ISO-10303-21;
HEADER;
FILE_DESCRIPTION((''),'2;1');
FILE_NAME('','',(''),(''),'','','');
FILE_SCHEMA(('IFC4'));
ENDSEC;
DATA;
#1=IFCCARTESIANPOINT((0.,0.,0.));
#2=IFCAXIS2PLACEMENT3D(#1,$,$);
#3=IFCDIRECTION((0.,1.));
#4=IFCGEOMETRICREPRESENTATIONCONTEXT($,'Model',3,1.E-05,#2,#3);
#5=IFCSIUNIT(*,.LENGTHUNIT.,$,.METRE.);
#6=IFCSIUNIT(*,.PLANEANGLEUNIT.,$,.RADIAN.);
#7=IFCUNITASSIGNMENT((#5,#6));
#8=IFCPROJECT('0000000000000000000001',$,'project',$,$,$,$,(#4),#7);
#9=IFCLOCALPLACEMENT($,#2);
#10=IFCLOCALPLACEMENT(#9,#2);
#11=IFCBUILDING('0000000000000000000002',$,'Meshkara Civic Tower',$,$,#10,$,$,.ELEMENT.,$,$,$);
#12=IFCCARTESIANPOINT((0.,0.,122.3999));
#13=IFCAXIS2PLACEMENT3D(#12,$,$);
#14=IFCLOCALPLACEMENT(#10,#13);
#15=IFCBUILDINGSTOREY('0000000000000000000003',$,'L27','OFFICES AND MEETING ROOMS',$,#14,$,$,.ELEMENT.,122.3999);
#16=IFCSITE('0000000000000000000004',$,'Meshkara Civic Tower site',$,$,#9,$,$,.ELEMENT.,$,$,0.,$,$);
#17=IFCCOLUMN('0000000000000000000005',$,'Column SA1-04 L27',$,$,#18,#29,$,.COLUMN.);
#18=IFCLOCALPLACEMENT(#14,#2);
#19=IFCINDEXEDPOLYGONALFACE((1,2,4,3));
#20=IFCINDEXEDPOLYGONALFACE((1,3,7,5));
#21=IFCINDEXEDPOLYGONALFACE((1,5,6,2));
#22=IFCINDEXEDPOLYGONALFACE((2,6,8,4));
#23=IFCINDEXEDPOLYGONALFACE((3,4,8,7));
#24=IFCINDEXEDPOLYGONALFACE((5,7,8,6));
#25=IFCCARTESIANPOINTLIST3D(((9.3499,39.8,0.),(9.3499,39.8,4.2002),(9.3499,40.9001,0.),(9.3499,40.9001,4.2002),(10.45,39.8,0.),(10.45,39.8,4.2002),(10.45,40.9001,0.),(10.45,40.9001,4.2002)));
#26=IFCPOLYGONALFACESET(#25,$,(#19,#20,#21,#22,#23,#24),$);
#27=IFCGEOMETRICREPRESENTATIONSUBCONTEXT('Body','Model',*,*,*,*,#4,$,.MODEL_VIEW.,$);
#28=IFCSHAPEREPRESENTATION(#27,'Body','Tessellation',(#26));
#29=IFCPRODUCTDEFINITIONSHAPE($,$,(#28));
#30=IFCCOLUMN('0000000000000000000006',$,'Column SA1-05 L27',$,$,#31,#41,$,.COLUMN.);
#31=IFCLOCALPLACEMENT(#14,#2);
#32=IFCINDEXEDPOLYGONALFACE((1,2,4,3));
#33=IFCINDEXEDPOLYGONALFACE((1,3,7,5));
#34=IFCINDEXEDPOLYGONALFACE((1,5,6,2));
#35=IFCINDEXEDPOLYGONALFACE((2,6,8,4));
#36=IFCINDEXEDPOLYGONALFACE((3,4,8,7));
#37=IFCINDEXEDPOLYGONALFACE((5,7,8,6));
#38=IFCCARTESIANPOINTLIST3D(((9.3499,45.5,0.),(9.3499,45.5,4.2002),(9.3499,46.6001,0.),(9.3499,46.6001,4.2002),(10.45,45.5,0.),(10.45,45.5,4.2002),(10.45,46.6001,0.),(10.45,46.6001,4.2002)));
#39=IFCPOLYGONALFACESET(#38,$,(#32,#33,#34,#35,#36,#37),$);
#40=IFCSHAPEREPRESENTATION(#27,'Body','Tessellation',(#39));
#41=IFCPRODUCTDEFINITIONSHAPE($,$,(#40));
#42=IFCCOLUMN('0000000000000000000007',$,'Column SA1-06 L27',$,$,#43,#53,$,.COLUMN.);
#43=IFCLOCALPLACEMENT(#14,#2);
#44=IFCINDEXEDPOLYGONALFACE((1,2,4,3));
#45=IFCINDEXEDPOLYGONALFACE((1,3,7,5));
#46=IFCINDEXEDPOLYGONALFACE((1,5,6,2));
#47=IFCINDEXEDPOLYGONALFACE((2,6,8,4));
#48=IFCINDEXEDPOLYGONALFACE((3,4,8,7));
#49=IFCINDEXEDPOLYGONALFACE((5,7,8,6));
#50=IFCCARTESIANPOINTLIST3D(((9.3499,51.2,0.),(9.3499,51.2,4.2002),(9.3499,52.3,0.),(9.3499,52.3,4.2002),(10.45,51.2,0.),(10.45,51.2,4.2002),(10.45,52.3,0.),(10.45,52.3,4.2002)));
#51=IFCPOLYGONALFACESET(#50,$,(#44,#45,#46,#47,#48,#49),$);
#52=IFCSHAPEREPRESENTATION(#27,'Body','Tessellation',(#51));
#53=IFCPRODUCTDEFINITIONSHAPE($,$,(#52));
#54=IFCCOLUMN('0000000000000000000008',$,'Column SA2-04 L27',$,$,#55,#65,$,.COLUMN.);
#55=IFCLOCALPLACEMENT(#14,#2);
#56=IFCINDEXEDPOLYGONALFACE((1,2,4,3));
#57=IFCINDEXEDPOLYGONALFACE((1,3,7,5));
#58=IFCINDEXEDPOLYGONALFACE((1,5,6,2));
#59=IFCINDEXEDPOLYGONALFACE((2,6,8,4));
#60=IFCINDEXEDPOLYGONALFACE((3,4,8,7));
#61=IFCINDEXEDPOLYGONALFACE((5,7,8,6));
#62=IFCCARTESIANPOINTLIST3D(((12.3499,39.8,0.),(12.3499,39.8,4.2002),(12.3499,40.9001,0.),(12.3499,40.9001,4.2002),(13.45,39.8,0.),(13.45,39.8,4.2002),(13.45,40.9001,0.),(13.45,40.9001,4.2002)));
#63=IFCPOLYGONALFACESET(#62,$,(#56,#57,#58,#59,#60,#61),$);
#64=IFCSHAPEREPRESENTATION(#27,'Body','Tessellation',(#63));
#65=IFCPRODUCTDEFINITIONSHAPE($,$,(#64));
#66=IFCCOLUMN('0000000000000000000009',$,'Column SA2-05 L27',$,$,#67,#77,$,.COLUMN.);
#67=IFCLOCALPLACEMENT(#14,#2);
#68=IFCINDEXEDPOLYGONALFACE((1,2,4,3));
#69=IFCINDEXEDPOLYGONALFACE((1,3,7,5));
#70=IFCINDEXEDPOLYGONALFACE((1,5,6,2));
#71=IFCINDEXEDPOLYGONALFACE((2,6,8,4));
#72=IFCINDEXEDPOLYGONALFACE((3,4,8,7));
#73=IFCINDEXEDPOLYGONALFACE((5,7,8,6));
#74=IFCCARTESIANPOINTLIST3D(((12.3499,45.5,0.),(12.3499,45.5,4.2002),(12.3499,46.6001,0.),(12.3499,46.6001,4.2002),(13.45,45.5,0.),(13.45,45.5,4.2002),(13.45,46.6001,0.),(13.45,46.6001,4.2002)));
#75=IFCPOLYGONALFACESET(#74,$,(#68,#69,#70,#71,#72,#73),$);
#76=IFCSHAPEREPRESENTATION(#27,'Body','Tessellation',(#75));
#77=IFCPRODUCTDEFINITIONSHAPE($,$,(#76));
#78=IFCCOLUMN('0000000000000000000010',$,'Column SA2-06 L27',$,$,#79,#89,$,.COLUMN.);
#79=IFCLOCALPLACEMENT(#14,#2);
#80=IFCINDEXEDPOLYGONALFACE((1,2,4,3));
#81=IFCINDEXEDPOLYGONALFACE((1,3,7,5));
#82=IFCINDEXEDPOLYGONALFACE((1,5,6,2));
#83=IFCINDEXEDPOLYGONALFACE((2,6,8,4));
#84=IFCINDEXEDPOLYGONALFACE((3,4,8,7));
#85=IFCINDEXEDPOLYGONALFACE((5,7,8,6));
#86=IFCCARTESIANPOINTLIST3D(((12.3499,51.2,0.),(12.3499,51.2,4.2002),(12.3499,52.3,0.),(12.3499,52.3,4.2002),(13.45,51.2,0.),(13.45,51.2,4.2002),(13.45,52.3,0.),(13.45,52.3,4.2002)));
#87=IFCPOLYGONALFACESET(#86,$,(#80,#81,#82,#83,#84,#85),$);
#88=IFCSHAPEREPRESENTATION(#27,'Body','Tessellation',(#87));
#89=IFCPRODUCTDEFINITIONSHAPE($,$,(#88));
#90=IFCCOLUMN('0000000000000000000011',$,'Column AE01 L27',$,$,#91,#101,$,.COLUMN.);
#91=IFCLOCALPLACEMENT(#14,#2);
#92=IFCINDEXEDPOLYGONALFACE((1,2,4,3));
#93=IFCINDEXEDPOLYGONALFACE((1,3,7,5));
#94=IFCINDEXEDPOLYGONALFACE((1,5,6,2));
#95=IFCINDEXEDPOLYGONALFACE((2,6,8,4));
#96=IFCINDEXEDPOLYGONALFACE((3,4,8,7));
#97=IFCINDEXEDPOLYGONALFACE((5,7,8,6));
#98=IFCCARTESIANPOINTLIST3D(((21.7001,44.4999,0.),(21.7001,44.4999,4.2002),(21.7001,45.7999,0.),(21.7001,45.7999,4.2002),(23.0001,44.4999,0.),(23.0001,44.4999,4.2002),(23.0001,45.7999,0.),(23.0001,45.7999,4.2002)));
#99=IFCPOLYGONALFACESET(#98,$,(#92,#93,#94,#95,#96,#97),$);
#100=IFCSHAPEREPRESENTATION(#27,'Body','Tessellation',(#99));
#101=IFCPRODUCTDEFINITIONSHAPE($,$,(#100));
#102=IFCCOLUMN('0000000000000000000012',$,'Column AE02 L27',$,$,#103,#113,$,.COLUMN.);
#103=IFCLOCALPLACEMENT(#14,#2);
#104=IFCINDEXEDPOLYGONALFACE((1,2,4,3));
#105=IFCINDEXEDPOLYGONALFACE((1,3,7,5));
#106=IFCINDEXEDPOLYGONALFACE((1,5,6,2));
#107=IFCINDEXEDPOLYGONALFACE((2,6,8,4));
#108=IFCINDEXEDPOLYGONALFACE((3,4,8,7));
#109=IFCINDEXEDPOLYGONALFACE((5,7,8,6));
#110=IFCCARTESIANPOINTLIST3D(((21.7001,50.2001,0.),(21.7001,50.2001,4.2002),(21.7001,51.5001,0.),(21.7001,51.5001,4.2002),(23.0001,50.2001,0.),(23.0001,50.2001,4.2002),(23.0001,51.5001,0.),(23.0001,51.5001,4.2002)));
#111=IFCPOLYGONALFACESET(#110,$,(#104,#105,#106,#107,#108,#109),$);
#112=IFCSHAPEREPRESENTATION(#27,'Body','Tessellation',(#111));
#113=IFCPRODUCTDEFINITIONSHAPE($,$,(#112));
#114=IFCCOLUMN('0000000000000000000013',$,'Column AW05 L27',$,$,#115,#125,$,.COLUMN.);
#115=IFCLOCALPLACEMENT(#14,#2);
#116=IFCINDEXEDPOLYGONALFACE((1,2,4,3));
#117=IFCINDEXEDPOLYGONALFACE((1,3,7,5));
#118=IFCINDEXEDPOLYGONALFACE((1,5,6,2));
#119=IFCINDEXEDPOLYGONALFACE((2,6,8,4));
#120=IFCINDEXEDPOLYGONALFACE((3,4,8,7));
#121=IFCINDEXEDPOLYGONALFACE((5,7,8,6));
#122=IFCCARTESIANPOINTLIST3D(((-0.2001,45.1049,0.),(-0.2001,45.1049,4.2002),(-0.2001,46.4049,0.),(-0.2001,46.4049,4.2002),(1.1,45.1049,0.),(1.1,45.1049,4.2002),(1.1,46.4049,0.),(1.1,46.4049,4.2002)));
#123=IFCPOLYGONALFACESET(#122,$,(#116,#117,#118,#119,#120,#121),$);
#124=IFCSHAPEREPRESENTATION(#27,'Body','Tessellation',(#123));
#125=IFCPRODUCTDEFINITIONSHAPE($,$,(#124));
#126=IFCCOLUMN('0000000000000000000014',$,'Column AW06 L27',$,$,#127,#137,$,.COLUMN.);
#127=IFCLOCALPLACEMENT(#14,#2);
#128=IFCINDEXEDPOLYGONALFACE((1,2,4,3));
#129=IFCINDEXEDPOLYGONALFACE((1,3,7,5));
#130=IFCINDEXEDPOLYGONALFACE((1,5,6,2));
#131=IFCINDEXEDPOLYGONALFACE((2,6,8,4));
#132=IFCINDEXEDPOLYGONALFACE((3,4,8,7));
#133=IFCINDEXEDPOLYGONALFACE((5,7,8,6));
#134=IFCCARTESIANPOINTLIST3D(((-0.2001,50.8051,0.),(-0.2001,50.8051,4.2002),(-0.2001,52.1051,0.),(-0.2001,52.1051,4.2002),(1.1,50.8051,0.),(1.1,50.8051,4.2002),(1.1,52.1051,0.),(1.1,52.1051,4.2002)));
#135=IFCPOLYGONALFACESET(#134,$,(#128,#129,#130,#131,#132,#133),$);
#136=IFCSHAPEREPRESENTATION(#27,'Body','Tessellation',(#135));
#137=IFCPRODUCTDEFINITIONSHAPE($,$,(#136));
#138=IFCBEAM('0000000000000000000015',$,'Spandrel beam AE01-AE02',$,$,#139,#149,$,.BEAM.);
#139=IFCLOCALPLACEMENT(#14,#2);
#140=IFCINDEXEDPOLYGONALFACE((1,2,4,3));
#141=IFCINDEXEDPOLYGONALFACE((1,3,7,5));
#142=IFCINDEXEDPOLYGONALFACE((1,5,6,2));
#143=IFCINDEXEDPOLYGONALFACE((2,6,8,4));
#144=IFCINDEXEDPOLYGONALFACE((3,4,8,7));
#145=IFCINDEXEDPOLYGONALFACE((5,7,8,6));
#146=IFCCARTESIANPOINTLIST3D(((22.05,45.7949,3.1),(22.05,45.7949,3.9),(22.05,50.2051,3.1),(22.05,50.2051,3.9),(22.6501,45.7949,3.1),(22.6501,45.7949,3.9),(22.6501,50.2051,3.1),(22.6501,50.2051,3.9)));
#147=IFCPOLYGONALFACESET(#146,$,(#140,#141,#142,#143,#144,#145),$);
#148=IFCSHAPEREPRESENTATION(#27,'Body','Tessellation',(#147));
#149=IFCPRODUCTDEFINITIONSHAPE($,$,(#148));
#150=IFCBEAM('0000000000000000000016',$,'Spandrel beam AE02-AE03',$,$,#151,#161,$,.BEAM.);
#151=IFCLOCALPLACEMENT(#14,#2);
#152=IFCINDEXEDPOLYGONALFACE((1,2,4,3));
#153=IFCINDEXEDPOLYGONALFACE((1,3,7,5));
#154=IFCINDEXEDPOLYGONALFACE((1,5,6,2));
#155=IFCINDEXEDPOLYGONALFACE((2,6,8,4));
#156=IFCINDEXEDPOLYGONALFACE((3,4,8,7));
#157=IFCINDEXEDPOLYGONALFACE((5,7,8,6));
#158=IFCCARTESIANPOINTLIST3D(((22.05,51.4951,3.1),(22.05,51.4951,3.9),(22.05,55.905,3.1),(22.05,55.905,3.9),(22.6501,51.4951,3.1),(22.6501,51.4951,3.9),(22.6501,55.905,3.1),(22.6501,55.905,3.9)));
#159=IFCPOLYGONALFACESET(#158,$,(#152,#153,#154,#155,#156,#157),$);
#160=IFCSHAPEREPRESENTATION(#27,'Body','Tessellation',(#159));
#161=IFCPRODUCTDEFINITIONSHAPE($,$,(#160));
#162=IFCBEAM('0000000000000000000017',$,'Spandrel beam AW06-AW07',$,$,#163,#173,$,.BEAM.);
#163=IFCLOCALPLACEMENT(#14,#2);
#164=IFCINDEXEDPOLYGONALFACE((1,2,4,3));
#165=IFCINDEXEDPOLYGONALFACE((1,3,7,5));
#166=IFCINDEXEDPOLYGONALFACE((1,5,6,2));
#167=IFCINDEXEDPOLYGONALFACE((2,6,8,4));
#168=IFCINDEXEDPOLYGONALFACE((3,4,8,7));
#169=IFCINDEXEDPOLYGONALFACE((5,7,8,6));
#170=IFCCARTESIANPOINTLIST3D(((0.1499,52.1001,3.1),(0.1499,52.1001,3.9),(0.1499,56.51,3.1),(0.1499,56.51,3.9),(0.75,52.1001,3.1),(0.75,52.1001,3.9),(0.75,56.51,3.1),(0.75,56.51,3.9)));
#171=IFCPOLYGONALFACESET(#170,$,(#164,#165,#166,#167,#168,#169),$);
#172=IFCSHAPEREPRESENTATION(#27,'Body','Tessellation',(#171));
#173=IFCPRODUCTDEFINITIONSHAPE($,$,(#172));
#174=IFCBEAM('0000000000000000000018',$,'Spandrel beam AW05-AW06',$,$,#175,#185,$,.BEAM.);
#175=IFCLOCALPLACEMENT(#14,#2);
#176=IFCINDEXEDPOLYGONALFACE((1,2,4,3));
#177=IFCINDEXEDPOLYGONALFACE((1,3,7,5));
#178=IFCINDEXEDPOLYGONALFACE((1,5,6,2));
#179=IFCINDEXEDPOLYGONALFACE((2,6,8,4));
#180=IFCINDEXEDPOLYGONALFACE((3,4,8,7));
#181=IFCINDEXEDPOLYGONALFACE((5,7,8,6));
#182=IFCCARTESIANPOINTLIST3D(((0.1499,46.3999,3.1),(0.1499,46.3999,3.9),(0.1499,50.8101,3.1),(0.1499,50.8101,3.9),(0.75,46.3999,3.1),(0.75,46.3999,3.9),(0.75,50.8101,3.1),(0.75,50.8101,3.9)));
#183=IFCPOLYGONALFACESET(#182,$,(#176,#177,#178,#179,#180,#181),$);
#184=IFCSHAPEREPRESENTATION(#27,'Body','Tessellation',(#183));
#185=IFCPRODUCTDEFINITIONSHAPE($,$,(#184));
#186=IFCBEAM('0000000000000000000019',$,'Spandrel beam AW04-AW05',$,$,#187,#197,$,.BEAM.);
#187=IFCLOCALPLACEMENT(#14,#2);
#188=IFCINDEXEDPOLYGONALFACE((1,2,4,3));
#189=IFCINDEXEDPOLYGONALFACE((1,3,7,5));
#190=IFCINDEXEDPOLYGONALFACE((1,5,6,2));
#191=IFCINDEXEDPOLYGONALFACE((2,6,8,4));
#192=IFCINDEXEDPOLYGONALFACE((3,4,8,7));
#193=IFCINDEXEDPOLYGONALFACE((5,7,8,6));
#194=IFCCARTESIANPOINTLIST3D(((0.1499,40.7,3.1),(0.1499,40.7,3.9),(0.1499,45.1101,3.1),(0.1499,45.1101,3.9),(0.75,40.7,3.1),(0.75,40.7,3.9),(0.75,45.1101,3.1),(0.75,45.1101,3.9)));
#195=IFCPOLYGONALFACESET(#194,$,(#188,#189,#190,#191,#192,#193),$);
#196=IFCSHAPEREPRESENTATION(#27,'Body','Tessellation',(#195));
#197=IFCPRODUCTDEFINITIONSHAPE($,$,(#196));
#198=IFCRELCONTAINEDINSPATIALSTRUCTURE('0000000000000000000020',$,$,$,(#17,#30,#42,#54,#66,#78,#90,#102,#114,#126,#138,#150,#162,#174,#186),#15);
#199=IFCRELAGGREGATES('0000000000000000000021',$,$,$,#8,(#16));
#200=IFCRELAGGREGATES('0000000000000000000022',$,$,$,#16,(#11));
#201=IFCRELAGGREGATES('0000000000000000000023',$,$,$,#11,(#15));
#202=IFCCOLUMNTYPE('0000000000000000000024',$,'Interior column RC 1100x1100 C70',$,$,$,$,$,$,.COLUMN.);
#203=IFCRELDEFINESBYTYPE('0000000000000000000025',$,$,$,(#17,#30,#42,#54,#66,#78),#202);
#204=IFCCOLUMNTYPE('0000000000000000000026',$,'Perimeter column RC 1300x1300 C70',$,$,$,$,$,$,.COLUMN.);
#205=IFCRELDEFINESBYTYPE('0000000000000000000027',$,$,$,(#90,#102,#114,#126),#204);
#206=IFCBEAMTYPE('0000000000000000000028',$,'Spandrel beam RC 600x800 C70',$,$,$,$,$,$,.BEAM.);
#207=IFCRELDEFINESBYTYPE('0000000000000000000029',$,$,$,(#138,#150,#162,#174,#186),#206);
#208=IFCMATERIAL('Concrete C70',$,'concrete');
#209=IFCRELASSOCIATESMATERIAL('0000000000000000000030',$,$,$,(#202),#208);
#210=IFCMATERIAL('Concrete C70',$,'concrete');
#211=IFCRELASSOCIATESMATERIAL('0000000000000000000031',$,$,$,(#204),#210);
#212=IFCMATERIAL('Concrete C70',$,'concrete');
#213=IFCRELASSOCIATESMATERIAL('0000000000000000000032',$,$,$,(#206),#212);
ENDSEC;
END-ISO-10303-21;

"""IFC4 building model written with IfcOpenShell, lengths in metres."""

from ifc_helpers import new_model, si_unit, direction, frame, origin, origin_2d, place, context, subcontext, project, spatial, rectangle, extrude, material, material_profile, profile_set, type_object, element, save


model = new_model("IFC4")

# Units and contexts
model_context = context("Model", 3, precision=1e-05, world=origin(), true_north=direction((0.0, 1.0)))
body_context = subcontext(model_context, "Body", "Model", "MODEL_VIEW")
ifc_project = project(units=[si_unit("LENGTHUNIT", "METRE"), si_unit("PLANEANGLEUNIT", "RADIAN")], contexts=[model_context])

# Site, building, storey
site_placement = place(None, origin())
site = spatial("IfcSite", under=ifc_project, at=site_placement, Name="Meshkara Civic Tower site", CompositionType="ELEMENT", RefElevation=0.0)
building_placement = place(site_placement, origin())
building = spatial("IfcBuilding", under=site, at=building_placement, Name="Meshkara Civic Tower", CompositionType="ELEMENT")
storey_placement = place(building_placement, frame((0.0, 0.0, 122.3999)))
storey = spatial("IfcBuildingStorey", under=building, at=storey_placement, Name="L27", Description="OFFICES AND MEETING ROOMS", CompositionType="ELEMENT", Elevation=122.3999)

# Columns
ifc_material_1 = material(Name="Concrete C70", Category="concrete")
ifc_material_profile_1 = material_profile(ifc_material_1, rectangle(XDim=1.1001, YDim=1.1001, at=origin_2d()))
ifc_profile_set_1 = profile_set([ifc_material_profile_1], Name="Concrete C70")
column_type_1 = type_object("IfcColumnType", Name="Interior column RC 1100x1100 C70", PredefinedType="COLUMN", material=ifc_profile_set_1)
for number, where, z_axis, x_axis, name in (
    (1, (9.8999, 40.3501, 0.0), (0.0, 0.0, 1.0), (1.0, 0.0, 0.0), "Column SA1-04 L27"),
    (2, (9.8999, 46.05, 0.0), (0.0, 0.0, 1.0), (1.0, 0.0, 0.0), "Column SA1-05 L27"),
    (3, (9.8999, 51.75, 0.0), (0.0, 0.0, 1.0), (1.0, 0.0, 0.0), "Column SA1-06 L27"),
    (4, (12.8999, 40.3501, 0.0), (0.0, 0.0, 1.0), (1.0, 0.0, 0.0), "Column SA2-04 L27"),
    (5, (12.8999, 46.05, 0.0), (0.0, 0.0, 1.0), (1.0, 0.0, 0.0), "Column SA2-05 L27"),
    (6, (12.8999, 51.75, 0.0), (0.0, 0.0, 1.0), (1.0, 0.0, 0.0), "Column SA2-06 L27"),
):
    element("IfcColumn", number, at=place(storey_placement, frame(where, z_axis=z_axis, x_axis=x_axis)), inside=storey, type_object=column_type_1, Name=name, PredefinedType="COLUMN", context=body_context, shape_type="SweptSolid", body=[
        extrude(rectangle(XDim=1.1001, YDim=1.1001, at=origin_2d()), origin(), (0.0, 0.0, 1.0), 4.2002),
    ])
ifc_material_2 = material(Name="Concrete C70", Category="concrete")
ifc_material_profile_2 = material_profile(ifc_material_2, rectangle(XDim=1.3, YDim=1.3, at=origin_2d()))
ifc_profile_set_2 = profile_set([ifc_material_profile_2], Name="Concrete C70")
column_type_2 = type_object("IfcColumnType", Name="Perimeter column RC 1300x1300 C70", PredefinedType="COLUMN", material=ifc_profile_set_2)
for number, where, z_axis, x_axis, name in (
    (7, (22.3501, 45.1499, 0.0), (0.0, 0.0, 1.0), (1.0, 0.0, 0.0), "Column AE01 L27"),
    (8, (22.3501, 50.8501, 0.0), (0.0, 0.0, 1.0), (1.0, 0.0, 0.0), "Column AE02 L27"),
    (9, (0.45, 45.7549, 0.0), (0.0, 0.0, 1.0), (1.0, 0.0, 0.0), "Column AW05 L27"),
    (10, (0.45, 51.4551, 0.0), (0.0, 0.0, 1.0), (1.0, 0.0, 0.0), "Column AW06 L27"),
):
    element("IfcColumn", number, at=place(storey_placement, frame(where, z_axis=z_axis, x_axis=x_axis)), inside=storey, type_object=column_type_2, Name=name, PredefinedType="COLUMN", context=body_context, shape_type="SweptSolid", body=[
        extrude(rectangle(XDim=1.3, YDim=1.3, at=origin_2d()), origin(), (0.0, 0.0, 1.0), 4.2002),
    ])

# Beams
ifc_material_3 = material(Name="Concrete C70", Category="concrete")
ifc_material_profile_3 = material_profile(ifc_material_3, rectangle(XDim=0.6001, YDim=0.8, at=origin_2d()))
ifc_profile_set_3 = profile_set([ifc_material_profile_3], Name="Concrete C70")
beam_type = type_object("IfcBeamType", Name="Spandrel beam RC 600x800 C70", PredefinedType="BEAM", material=ifc_profile_set_3)
beam_placement = place(storey_placement, frame((22.3501, 45.7949, 3.5), z_axis=(0.0, 1.0, 0.0), x_axis=(-1.0, 0.0, 0.0)))
element("IfcBeam", 11, at=beam_placement, inside=storey, type_object=beam_type, Name="Spandrel beam AE01-AE02", PredefinedType="BEAM", context=body_context, shape_type="SweptSolid", body=[
    extrude(rectangle(XDim=0.6001, YDim=0.8, at=origin_2d()), origin(), (0.0, 0.0, 1.0), 4.4102),
])
for number, where, z_axis, x_axis, name in (
    (12, (22.3501, 51.4951, 3.5), (0.0, 1.0, 0.0), (-1.0, 0.0, 0.0), "Spandrel beam AE02-AE03"),
    (13, (0.45, 56.51, 3.5), (0.0, -1.0, 0.0), (1.0, 0.0, 0.0), "Spandrel beam AW06-AW07"),
):
    element("IfcBeam", number, at=place(storey_placement, frame(where, z_axis=z_axis, x_axis=x_axis)), inside=storey, type_object=beam_type, Name=name, PredefinedType="BEAM", context=body_context, shape_type="SweptSolid", body=[
        extrude(rectangle(XDim=0.6001, YDim=0.8, at=origin_2d()), origin(), (0.0, 0.0, 1.0), 4.4099),
    ])
for number, where, z_axis, x_axis, name in (
    (14, (0.45, 50.8101, 3.5), (0.0, -1.0, 0.0), (1.0, 0.0, 0.0), "Spandrel beam AW05-AW06"),
    (15, (0.45, 45.1101, 3.5), (0.0, -1.0, 0.0), (1.0, 0.0, 0.0), "Spandrel beam AW04-AW05"),
):
    element("IfcBeam", number, at=place(storey_placement, frame(where, z_axis=z_axis, x_axis=x_axis)), inside=storey, type_object=beam_type, Name=name, PredefinedType="BEAM", context=body_context, shape_type="SweptSolid", body=[
        extrude(rectangle(XDim=0.6001, YDim=0.8, at=origin_2d()), origin(), (0.0, 0.0, 1.0), 4.4102),
    ])

save(model, "model.ifc")
